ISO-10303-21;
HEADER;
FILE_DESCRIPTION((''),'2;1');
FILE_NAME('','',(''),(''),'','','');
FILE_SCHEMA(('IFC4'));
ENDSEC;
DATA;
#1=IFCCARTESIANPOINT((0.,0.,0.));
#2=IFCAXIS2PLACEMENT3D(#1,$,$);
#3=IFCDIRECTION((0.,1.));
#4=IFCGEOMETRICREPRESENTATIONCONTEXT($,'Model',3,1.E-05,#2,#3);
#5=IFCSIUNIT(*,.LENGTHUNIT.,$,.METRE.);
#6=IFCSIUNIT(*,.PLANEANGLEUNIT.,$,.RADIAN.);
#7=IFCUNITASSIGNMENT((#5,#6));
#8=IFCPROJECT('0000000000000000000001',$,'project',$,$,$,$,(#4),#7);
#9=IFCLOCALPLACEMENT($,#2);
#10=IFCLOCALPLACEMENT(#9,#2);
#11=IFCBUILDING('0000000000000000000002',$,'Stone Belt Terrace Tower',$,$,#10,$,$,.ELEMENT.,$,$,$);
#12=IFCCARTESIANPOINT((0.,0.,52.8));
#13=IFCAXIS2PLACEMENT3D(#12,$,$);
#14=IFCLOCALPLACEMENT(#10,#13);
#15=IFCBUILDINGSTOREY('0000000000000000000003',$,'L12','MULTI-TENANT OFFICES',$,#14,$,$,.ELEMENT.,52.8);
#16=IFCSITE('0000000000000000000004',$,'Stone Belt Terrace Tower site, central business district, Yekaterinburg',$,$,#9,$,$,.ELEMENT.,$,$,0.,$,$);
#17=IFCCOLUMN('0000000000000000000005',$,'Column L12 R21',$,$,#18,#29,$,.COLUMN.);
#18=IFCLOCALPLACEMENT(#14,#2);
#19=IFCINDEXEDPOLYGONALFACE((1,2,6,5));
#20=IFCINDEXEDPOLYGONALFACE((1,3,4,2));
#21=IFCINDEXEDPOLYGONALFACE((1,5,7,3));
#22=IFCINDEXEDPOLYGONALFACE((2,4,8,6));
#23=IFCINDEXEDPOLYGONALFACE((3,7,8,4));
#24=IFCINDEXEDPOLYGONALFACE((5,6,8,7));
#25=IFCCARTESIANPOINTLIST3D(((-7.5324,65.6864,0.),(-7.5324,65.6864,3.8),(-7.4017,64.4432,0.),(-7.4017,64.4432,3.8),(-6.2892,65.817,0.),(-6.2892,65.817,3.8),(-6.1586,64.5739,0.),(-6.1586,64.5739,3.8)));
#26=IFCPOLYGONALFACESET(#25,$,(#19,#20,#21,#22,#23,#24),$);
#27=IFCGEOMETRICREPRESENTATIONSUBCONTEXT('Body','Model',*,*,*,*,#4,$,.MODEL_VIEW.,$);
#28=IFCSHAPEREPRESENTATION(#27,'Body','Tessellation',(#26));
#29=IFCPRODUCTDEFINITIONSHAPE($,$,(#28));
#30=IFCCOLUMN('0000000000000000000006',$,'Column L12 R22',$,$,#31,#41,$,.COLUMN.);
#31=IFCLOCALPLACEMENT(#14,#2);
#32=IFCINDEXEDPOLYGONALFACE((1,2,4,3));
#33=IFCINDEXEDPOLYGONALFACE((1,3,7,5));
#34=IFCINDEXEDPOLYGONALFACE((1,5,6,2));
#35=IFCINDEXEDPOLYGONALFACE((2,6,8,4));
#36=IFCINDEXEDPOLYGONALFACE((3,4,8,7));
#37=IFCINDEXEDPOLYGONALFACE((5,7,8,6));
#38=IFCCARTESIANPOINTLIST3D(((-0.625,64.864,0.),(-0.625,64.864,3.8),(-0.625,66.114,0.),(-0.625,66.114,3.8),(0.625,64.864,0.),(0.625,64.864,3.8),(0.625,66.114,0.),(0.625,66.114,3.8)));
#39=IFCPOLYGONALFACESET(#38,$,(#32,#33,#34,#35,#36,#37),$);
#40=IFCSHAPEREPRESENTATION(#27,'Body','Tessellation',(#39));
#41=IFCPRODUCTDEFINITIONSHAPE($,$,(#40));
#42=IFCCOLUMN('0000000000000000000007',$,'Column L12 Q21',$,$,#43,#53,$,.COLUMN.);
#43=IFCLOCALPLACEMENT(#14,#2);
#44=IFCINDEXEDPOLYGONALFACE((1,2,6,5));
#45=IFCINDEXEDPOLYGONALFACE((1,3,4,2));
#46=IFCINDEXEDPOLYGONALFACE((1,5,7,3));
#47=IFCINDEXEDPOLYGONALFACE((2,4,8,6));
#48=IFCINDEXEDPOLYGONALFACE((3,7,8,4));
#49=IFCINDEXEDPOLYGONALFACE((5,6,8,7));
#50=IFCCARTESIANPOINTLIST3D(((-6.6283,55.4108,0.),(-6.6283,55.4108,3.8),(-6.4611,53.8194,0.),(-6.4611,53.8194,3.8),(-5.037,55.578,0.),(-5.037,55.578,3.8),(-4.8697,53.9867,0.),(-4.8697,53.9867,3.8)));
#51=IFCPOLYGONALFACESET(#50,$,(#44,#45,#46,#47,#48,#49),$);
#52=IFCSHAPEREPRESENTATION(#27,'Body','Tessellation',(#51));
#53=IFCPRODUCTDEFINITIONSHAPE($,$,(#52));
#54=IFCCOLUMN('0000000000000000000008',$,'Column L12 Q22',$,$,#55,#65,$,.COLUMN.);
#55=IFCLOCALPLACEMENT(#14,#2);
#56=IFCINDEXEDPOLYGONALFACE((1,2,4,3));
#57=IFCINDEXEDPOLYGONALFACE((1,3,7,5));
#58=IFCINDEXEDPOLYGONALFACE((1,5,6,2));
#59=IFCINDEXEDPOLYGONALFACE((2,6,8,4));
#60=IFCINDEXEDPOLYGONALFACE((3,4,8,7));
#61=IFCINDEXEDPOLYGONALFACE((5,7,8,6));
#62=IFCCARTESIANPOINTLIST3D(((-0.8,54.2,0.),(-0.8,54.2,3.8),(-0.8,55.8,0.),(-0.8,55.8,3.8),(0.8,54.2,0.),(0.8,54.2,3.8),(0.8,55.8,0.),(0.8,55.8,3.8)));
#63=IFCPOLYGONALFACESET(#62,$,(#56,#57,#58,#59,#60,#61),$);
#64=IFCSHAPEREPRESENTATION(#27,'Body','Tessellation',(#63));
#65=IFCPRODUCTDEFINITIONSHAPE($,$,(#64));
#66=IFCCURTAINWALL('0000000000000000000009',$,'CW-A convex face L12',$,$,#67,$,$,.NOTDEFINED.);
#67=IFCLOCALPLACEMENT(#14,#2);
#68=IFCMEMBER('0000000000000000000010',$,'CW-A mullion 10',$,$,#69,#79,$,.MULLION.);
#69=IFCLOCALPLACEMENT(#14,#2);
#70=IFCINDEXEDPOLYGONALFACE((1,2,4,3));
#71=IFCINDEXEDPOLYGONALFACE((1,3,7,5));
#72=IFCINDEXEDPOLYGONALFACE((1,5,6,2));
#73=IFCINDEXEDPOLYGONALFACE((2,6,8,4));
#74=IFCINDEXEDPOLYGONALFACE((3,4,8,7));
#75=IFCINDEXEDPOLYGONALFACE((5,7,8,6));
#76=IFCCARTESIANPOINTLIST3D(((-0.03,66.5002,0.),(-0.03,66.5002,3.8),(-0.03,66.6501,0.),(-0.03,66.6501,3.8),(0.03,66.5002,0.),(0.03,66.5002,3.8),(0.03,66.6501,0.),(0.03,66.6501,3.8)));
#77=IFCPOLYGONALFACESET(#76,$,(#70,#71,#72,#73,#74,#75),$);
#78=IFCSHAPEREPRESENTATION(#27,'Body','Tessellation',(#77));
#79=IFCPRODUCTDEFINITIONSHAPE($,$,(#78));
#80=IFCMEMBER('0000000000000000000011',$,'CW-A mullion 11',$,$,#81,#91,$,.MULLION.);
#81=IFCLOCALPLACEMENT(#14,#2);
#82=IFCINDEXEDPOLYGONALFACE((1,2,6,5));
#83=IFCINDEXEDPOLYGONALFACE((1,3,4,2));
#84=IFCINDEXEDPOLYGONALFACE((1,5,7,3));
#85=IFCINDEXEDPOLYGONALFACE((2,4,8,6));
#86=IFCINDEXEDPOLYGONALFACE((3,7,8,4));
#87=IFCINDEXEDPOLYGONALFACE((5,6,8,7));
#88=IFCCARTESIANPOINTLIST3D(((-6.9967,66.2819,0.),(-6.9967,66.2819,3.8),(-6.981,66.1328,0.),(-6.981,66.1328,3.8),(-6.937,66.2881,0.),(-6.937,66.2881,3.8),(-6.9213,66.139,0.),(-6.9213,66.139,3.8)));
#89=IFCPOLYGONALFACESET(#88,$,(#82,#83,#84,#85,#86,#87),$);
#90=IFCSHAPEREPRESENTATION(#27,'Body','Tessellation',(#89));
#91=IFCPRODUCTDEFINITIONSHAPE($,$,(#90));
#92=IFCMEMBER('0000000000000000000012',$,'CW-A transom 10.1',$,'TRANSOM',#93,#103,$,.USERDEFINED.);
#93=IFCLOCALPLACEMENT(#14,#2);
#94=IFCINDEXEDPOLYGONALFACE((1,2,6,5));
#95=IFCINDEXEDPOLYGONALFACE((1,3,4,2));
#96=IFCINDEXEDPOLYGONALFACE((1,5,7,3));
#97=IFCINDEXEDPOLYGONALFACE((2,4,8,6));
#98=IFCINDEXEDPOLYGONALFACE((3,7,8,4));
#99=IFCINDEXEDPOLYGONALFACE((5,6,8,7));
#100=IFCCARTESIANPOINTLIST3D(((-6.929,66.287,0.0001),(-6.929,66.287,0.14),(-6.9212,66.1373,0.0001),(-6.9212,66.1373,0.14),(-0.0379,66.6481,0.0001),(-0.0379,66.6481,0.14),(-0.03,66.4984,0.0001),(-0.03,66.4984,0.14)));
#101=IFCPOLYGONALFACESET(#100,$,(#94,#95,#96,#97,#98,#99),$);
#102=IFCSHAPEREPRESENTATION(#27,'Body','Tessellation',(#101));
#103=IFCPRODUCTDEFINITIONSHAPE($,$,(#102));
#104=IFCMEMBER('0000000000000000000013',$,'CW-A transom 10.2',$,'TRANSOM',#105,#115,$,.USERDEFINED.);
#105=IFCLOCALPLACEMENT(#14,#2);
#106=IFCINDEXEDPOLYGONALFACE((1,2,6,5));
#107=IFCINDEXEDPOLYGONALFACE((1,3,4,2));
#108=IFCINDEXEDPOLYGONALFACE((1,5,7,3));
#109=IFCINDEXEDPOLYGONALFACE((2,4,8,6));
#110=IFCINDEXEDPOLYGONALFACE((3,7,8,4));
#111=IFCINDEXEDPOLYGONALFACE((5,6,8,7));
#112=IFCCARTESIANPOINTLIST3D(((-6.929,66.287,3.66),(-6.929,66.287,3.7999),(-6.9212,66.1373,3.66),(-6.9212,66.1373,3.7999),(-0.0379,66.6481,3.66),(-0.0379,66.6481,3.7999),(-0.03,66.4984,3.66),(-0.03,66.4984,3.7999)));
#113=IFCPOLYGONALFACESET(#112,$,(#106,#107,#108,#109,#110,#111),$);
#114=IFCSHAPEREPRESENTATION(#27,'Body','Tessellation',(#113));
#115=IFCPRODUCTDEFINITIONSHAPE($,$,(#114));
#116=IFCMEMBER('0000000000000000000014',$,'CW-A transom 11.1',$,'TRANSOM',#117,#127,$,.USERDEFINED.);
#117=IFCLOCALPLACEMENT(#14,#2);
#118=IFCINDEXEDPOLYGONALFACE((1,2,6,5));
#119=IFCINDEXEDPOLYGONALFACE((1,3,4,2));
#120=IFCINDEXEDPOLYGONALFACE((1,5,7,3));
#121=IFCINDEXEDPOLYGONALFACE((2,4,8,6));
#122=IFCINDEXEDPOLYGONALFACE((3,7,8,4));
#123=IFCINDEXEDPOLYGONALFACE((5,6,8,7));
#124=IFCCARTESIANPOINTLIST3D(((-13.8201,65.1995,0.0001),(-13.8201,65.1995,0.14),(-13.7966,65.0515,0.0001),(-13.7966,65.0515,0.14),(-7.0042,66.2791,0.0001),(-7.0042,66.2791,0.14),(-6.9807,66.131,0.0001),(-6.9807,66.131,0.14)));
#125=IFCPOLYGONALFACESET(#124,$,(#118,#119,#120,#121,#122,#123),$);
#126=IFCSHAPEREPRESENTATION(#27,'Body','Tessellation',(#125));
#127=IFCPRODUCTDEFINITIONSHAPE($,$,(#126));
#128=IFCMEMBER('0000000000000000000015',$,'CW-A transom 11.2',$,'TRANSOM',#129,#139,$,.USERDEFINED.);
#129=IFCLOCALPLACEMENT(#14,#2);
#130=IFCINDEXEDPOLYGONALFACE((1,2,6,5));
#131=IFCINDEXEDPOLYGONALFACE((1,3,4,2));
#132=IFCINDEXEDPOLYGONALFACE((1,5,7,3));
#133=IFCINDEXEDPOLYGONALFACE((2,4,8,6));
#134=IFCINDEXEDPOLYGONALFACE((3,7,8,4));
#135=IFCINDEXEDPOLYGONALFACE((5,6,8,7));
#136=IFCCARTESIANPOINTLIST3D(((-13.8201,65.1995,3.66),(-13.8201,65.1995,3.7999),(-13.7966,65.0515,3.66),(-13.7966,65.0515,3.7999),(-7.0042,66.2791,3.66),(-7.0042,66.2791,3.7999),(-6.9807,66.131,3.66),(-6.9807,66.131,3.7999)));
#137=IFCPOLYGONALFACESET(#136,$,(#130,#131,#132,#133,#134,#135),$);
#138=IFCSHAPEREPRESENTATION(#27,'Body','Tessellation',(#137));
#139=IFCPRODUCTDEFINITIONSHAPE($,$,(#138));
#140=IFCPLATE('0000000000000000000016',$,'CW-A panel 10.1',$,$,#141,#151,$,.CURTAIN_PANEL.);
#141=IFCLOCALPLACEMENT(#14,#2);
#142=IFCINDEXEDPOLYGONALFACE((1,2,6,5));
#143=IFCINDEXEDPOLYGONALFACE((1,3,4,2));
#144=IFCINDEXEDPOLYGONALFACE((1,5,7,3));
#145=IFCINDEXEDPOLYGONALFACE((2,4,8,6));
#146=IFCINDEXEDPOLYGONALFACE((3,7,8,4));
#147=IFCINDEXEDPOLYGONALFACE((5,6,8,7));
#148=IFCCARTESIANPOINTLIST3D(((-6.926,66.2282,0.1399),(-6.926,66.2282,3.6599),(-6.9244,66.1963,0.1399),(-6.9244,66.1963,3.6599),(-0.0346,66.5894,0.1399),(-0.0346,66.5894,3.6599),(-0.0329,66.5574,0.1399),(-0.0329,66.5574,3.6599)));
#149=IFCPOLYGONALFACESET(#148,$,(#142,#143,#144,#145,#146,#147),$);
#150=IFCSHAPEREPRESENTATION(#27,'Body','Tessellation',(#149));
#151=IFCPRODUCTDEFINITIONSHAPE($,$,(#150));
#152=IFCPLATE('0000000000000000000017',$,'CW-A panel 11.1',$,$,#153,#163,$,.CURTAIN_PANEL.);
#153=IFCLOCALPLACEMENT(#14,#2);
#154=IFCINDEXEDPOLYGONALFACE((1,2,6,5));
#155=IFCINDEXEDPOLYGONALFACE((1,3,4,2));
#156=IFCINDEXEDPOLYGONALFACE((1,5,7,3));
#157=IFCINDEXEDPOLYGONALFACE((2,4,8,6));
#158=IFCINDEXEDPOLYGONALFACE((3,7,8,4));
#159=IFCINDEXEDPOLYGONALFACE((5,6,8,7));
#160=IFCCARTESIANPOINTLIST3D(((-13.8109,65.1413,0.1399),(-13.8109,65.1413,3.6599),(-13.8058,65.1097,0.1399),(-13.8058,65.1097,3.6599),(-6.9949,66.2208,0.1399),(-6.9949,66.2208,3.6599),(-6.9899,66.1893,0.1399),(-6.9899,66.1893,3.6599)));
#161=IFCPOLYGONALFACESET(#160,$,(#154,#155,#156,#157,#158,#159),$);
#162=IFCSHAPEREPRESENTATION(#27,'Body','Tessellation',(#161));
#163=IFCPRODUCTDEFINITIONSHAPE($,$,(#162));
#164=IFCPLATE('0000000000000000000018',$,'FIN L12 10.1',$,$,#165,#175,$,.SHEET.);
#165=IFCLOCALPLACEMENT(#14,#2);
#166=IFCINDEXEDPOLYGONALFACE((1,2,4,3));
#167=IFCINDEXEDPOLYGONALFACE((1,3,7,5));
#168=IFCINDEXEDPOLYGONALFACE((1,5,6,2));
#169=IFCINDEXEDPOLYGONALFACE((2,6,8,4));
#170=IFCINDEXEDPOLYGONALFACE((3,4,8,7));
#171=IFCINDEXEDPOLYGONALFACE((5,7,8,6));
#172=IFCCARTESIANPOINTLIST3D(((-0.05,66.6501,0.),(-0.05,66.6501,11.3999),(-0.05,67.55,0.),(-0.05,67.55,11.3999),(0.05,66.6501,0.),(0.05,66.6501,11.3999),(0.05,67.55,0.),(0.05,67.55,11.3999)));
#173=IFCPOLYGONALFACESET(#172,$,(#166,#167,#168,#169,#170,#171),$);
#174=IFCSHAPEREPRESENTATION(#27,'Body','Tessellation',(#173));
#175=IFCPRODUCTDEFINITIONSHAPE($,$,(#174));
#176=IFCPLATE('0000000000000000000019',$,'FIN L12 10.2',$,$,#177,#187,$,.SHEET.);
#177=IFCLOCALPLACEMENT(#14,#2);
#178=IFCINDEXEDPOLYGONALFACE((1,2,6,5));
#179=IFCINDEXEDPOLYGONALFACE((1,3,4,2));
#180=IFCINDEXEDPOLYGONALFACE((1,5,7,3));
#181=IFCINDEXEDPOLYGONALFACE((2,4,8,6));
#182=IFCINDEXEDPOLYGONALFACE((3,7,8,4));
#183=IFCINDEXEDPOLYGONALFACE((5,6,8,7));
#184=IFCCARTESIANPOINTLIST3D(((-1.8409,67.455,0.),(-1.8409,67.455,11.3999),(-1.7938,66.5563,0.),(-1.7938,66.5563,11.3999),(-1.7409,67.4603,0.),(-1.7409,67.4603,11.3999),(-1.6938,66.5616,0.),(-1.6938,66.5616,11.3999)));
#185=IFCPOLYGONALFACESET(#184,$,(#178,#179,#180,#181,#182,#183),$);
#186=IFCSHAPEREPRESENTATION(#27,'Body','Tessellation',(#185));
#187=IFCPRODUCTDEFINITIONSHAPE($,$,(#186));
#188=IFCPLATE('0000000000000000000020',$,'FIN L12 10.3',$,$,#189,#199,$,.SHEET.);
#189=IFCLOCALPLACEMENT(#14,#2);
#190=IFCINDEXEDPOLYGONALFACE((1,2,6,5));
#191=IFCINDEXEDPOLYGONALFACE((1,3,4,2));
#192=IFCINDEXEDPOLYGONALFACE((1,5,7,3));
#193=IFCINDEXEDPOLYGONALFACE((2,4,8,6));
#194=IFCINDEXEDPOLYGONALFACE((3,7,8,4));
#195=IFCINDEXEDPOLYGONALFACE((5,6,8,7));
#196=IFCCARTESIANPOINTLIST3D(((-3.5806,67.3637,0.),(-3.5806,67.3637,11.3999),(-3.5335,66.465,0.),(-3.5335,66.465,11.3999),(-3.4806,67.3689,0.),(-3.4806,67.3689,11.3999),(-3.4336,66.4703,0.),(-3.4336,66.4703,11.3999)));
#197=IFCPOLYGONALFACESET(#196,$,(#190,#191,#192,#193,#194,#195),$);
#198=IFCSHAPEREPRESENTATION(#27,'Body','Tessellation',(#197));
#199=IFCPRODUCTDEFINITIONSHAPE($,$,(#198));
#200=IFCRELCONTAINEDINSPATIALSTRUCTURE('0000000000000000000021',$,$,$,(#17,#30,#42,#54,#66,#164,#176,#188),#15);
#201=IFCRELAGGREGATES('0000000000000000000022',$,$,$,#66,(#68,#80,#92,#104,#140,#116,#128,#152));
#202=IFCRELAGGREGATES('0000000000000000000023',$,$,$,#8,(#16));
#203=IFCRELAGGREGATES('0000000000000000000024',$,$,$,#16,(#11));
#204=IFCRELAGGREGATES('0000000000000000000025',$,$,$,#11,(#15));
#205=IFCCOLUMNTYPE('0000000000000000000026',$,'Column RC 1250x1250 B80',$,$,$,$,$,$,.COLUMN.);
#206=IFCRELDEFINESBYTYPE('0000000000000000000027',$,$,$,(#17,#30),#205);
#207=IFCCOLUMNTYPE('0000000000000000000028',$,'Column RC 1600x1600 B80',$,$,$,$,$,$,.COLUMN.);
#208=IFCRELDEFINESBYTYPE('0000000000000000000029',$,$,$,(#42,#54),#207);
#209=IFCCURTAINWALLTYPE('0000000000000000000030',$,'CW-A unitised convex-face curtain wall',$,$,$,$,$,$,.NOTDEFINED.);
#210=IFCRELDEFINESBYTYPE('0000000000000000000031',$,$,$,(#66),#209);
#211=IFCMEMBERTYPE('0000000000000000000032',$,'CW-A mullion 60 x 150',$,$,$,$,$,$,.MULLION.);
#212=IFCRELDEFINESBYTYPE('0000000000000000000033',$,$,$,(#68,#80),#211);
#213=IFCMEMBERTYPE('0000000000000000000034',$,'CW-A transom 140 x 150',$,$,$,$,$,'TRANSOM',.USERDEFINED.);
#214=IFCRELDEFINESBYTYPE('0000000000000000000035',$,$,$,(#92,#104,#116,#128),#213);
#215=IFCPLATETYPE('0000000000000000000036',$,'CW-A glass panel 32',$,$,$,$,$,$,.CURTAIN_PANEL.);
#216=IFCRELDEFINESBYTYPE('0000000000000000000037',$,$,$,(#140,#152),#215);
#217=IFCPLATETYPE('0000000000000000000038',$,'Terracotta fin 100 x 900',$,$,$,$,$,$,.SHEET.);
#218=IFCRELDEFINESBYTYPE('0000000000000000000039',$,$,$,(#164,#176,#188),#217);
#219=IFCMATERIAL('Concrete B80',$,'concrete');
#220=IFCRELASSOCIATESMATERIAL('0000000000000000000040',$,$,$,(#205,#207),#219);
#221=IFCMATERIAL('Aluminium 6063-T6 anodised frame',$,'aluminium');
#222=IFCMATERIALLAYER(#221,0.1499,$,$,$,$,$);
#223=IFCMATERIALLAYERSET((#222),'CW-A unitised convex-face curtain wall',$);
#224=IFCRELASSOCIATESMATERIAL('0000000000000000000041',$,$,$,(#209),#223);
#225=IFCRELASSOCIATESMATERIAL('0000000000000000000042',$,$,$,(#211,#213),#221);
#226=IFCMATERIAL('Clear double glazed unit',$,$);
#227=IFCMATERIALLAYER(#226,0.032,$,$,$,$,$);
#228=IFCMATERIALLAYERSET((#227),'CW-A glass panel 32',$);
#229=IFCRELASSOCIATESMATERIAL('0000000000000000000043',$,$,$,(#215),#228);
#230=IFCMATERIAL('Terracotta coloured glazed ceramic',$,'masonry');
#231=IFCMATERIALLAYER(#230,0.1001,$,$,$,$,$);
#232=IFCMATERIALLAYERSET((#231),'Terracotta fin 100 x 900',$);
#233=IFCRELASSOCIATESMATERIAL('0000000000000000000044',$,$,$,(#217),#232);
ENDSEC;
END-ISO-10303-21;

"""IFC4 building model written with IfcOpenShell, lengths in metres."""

from ifc_helpers import new_model, si_unit, direction, frame, origin, origin_2d, place, context, subcontext, project, spatial, rectangle, extrude, material, layer, layer_set, material_profile, profile_set, type_object, element, aggregate, save


model = new_model("IFC4")

# Units and contexts
model_context = context("Model", 3, precision=1e-05, world=origin(), true_north=direction((0.0, 1.0)))
body_context = subcontext(model_context, "Body", "Model", "MODEL_VIEW")
ifc_project = project(units=[si_unit("LENGTHUNIT", "METRE"), si_unit("PLANEANGLEUNIT", "RADIAN")], contexts=[model_context])

# Site, building, storey
site_placement = place(None, origin())
site = spatial("IfcSite", under=ifc_project, at=site_placement, Name="Stone Belt Terrace Tower site, central business district, Yekaterinburg", CompositionType="ELEMENT", RefElevation=0.0)
building_placement = place(site_placement, origin())
building = spatial("IfcBuilding", under=site, at=building_placement, Name="Stone Belt Terrace Tower", CompositionType="ELEMENT")
storey_placement = place(building_placement, frame((0.0, 0.0, 52.8)))
storey = spatial("IfcBuildingStorey", under=building, at=storey_placement, Name="L12", Description="MULTI-TENANT OFFICES", CompositionType="ELEMENT", Elevation=52.8)

# Columns
ifc_material_1 = material(Name="Concrete B80", Category="concrete")
ifc_material_profile_1 = material_profile(ifc_material_1, rectangle(XDim=1.25, YDim=1.25, at=origin_2d()), Name="RC 1250x1250")
ifc_profile_set_1 = profile_set([ifc_material_profile_1], Name="Concrete B80")
column_type_1 = type_object("IfcColumnType", Name="Column RC 1250x1250 B80", PredefinedType="COLUMN", material=ifc_profile_set_1)
for number, where, z_axis, x_axis, name in (
    (1, (-6.8455, 65.1301, 0.0), (0.0, 0.0, 1.0), (0.994522, 0.104528, 0.0), "Column L12 R21"),
    (2, (0.0, 65.489, 0.0), (0.0, 0.0, 1.0), (1.0, 0.0, 0.0), "Column L12 R22"),
):
    element("IfcColumn", number, at=place(storey_placement, frame(where, z_axis=z_axis, x_axis=x_axis)), inside=storey, type_object=column_type_1, Name=name, PredefinedType="COLUMN", context=body_context, shape_type="SweptSolid", body=[
        extrude(rectangle(XDim=1.25, YDim=1.25, at=origin_2d()), origin(), (0.0, 0.0, 1.0), 3.8),
    ])
ifc_material_profile_2 = material_profile(ifc_material_1, rectangle(XDim=1.6001, YDim=1.6001, at=origin_2d()), Name="RC 1600x1600")
ifc_profile_set_2 = profile_set([ifc_material_profile_2], Name="Concrete B80")
column_type_2 = type_object("IfcColumnType", Name="Column RC 1600x1600 B80", PredefinedType="COLUMN", material=ifc_profile_set_2)
for number, where, z_axis, x_axis, name in (
    (3, (-5.749, 54.6987, 0.0), (0.0, 0.0, 1.0), (0.994522, 0.104528, 0.0), "Column L12 Q21"),
    (4, (0.0, 55.0, 0.0), (0.0, 0.0, 1.0), (1.0, 0.0, 0.0), "Column L12 Q22"),
):
    element("IfcColumn", number, at=place(storey_placement, frame(where, z_axis=z_axis, x_axis=x_axis)), inside=storey, type_object=column_type_2, Name=name, PredefinedType="COLUMN", context=body_context, shape_type="SweptSolid", body=[
        extrude(rectangle(XDim=1.6001, YDim=1.6001, at=origin_2d()), origin(), (0.0, 0.0, 1.0), 3.8),
    ])

# Curtain wall, members, plates
ifc_material_2 = material(Name="Aluminium 6063-T6 anodised frame", Category="aluminium")
ifc_layer_1 = layer(ifc_material_2, 0.1499)
ifc_layer_set_1 = layer_set([ifc_layer_1], Name="CW-A unitised convex-face curtain wall")
curtain_wall_type = type_object("IfcCurtainWallType", Name="CW-A unitised convex-face curtain wall", PredefinedType="NOTDEFINED", material=ifc_layer_set_1)
curtain_wall_placement = place(storey_placement, origin())
curtain_wall = element("IfcCurtainWall", 5, at=curtain_wall_placement, inside=storey, type_object=curtain_wall_type, Name="CW-A convex face L12", PredefinedType="NOTDEFINED")
ifc_material_profile_3 = material_profile(ifc_material_2, rectangle(XDim=0.1499, YDim=0.0601, at=origin_2d()), Name="Aluminium 6063-T6 60x150")
ifc_profile_set_3 = profile_set([ifc_material_profile_3], Name="Aluminium 6063-T6 anodised frame")
member_type_1 = type_object("IfcMemberType", Name="CW-A mullion 60 x 150", PredefinedType="MULLION", material=ifc_profile_set_3)
member_1_placement = place(storey_placement, frame((0.0, 66.5752, 0.0), z_axis=(0.0, 0.0, 1.0), x_axis=(0.0, -1.0, 0.0)))
member_1 = element("IfcMember", 6, at=member_1_placement, type_object=member_type_1, Name="CW-A mullion 10", PredefinedType="MULLION", context=body_context, shape_type="SweptSolid", body=[
    extrude(rectangle(XDim=0.1499, YDim=0.0601, at=origin_2d()), origin(), (0.0, 0.0, 1.0), 3.8),
])
member_2_placement = place(storey_placement, frame((-6.959, 66.2104, 0.0), z_axis=(0.0, 0.0, 1.0), x_axis=(0.104528, -0.994522, 0.0)))
member_2 = element("IfcMember", 7, at=member_2_placement, type_object=member_type_1, Name="CW-A mullion 11", PredefinedType="MULLION", context=body_context, shape_type="SweptSolid", body=[
    extrude(rectangle(XDim=0.1499, YDim=0.0601, at=origin_2d()), origin(), (0.0, 0.0, 1.0), 3.8),
])
ifc_material_profile_4 = material_profile(ifc_material_2, rectangle(XDim=0.1499, YDim=0.1399, at=origin_2d()), Name="Aluminium 6063-T6 150x140")
ifc_profile_set_4 = profile_set([ifc_material_profile_4], Name="Aluminium 6063-T6 anodised frame")
member_type_2 = type_object("IfcMemberType", Name="CW-A transom 140 x 150", ElementType="TRANSOM", PredefinedType="USERDEFINED", material=ifc_profile_set_4)
member_3_placement = place(storey_placement, frame((-0.0339, 66.5732, 0.0701), z_axis=(-0.99863, -0.052327, 0.0), x_axis=(0.052327, -0.99863, 0.0)))
member_3 = element("IfcMember", 8, at=member_3_placement, type_object=member_type_2, Name="CW-A transom 10.1", ObjectType="TRANSOM", PredefinedType="USERDEFINED", context=body_context, shape_type="SweptSolid", body=[
    extrude(rectangle(XDim=0.1499, YDim=0.1399, at=origin_2d()), origin(), (0.0, 0.0, 1.0), 6.9006),
])
member_4_placement = place(storey_placement, frame((-0.0339, 66.5732, 3.73), z_axis=(-0.99863, -0.052327, 0.0), x_axis=(0.052327, -0.99863, 0.0)))
member_4 = element("IfcMember", 9, at=member_4_placement, type_object=member_type_2, Name="CW-A transom 10.2", ObjectType="TRANSOM", PredefinedType="USERDEFINED", context=body_context, shape_type="SweptSolid", body=[
    extrude(rectangle(XDim=0.1499, YDim=0.1399, at=origin_2d()), origin(), (0.0, 0.0, 1.0), 6.9006),
])
member_5_placement = place(storey_placement, frame((-6.9924, 66.2051, 0.0701), z_axis=(-0.987687, -0.156442, 0.0), x_axis=(0.156442, -0.987687, 0.0)))
member_5 = element("IfcMember", 10, at=member_5_placement, type_object=member_type_2, Name="CW-A transom 11.1", ObjectType="TRANSOM", PredefinedType="USERDEFINED", context=body_context, shape_type="SweptSolid", body=[
    extrude(rectangle(XDim=0.1499, YDim=0.1399, at=origin_2d()), origin(), (0.0, 0.0, 1.0), 6.9009),
])
member_6_placement = place(storey_placement, frame((-6.9924, 66.2051, 3.73), z_axis=(-0.987687, -0.156442, 0.0), x_axis=(0.156442, -0.987687, 0.0)))
member_6 = element("IfcMember", 11, at=member_6_placement, type_object=member_type_2, Name="CW-A transom 11.2", ObjectType="TRANSOM", PredefinedType="USERDEFINED", context=body_context, shape_type="SweptSolid", body=[
    extrude(rectangle(XDim=0.1499, YDim=0.1399, at=origin_2d()), origin(), (0.0, 0.0, 1.0), 6.9009),
])
ifc_material_3 = material(Name="Clear double glazed unit")
ifc_layer_2 = layer(ifc_material_3, 0.032)
ifc_layer_set_2 = layer_set([ifc_layer_2], Name="CW-A glass panel 32")
plate_type_1 = type_object("IfcPlateType", Name="CW-A glass panel 32", PredefinedType="CURTAIN_PANEL", material=ifc_layer_set_2)
plate_1_placement = place(storey_placement, frame((-3.4795, 66.3928, 0.1399), z_axis=(0.0, 0.0, 1.0), x_axis=(-0.99863, -0.052336, 0.0)))
plate_1 = element("IfcPlate", 12, at=plate_1_placement, type_object=plate_type_1, Name="CW-A panel 10.1", PredefinedType="CURTAIN_PANEL", context=body_context, shape_type="SweptSolid", body=[
    extrude(rectangle(XDim=6.9009, YDim=0.032, at=origin_2d()), origin(), (0.0, 0.0, 1.0), 3.52),
])
plate_2_placement = place(storey_placement, frame((-10.4004, 65.6653, 0.1399), z_axis=(0.0, 0.0, 1.0), x_axis=(-0.987688, -0.156434, 0.0)))
plate_2 = element("IfcPlate", 13, at=plate_2_placement, type_object=plate_type_1, Name="CW-A panel 11.1", PredefinedType="CURTAIN_PANEL", context=body_context, shape_type="SweptSolid", body=[
    extrude(rectangle(XDim=6.9009, YDim=0.032, at=origin_2d()), origin(), (0.0, 0.0, 1.0), 3.52),
])
aggregate(curtain_wall, [member_1, member_2, member_3, member_4, plate_1, member_5, member_6, plate_2])

# Plates
ifc_material_4 = material(Name="Terracotta coloured glazed ceramic", Category="masonry")
ifc_layer_3 = layer(ifc_material_4, 0.1001)
ifc_layer_set_3 = layer_set([ifc_layer_3], Name="Terracotta fin 100 x 900")
plate_type_2 = type_object("IfcPlateType", Name="Terracotta fin 100 x 900", PredefinedType="SHEET", material=ifc_layer_set_3)
for number, where, z_axis, x_axis, name in (
    (14, (0.0, 67.1001, 0.0), (0.0, 0.0, 1.0), (0.0, 1.0, 0.0), "FIN L12 10.1"),
    (15, (-1.7673, 67.0083, 0.0), (0.0, 0.0, 1.0), (-0.052336, 0.99863, 0.0), "FIN L12 10.2"),
    (16, (-3.5071, 66.917, 0.0), (0.0, 0.0, 1.0), (-0.052336, 0.99863, 0.0), "FIN L12 10.3"),
):
    element("IfcPlate", number, at=place(storey_placement, frame(where, z_axis=z_axis, x_axis=x_axis)), inside=storey, type_object=plate_type_2, Name=name, PredefinedType="SHEET", context=body_context, shape_type="SweptSolid", body=[
        extrude(rectangle(XDim=0.8999, YDim=0.1001, at=origin_2d()), origin(), (0.0, 0.0, 1.0), 11.3999),
    ])

save(model, "model.ifc")
